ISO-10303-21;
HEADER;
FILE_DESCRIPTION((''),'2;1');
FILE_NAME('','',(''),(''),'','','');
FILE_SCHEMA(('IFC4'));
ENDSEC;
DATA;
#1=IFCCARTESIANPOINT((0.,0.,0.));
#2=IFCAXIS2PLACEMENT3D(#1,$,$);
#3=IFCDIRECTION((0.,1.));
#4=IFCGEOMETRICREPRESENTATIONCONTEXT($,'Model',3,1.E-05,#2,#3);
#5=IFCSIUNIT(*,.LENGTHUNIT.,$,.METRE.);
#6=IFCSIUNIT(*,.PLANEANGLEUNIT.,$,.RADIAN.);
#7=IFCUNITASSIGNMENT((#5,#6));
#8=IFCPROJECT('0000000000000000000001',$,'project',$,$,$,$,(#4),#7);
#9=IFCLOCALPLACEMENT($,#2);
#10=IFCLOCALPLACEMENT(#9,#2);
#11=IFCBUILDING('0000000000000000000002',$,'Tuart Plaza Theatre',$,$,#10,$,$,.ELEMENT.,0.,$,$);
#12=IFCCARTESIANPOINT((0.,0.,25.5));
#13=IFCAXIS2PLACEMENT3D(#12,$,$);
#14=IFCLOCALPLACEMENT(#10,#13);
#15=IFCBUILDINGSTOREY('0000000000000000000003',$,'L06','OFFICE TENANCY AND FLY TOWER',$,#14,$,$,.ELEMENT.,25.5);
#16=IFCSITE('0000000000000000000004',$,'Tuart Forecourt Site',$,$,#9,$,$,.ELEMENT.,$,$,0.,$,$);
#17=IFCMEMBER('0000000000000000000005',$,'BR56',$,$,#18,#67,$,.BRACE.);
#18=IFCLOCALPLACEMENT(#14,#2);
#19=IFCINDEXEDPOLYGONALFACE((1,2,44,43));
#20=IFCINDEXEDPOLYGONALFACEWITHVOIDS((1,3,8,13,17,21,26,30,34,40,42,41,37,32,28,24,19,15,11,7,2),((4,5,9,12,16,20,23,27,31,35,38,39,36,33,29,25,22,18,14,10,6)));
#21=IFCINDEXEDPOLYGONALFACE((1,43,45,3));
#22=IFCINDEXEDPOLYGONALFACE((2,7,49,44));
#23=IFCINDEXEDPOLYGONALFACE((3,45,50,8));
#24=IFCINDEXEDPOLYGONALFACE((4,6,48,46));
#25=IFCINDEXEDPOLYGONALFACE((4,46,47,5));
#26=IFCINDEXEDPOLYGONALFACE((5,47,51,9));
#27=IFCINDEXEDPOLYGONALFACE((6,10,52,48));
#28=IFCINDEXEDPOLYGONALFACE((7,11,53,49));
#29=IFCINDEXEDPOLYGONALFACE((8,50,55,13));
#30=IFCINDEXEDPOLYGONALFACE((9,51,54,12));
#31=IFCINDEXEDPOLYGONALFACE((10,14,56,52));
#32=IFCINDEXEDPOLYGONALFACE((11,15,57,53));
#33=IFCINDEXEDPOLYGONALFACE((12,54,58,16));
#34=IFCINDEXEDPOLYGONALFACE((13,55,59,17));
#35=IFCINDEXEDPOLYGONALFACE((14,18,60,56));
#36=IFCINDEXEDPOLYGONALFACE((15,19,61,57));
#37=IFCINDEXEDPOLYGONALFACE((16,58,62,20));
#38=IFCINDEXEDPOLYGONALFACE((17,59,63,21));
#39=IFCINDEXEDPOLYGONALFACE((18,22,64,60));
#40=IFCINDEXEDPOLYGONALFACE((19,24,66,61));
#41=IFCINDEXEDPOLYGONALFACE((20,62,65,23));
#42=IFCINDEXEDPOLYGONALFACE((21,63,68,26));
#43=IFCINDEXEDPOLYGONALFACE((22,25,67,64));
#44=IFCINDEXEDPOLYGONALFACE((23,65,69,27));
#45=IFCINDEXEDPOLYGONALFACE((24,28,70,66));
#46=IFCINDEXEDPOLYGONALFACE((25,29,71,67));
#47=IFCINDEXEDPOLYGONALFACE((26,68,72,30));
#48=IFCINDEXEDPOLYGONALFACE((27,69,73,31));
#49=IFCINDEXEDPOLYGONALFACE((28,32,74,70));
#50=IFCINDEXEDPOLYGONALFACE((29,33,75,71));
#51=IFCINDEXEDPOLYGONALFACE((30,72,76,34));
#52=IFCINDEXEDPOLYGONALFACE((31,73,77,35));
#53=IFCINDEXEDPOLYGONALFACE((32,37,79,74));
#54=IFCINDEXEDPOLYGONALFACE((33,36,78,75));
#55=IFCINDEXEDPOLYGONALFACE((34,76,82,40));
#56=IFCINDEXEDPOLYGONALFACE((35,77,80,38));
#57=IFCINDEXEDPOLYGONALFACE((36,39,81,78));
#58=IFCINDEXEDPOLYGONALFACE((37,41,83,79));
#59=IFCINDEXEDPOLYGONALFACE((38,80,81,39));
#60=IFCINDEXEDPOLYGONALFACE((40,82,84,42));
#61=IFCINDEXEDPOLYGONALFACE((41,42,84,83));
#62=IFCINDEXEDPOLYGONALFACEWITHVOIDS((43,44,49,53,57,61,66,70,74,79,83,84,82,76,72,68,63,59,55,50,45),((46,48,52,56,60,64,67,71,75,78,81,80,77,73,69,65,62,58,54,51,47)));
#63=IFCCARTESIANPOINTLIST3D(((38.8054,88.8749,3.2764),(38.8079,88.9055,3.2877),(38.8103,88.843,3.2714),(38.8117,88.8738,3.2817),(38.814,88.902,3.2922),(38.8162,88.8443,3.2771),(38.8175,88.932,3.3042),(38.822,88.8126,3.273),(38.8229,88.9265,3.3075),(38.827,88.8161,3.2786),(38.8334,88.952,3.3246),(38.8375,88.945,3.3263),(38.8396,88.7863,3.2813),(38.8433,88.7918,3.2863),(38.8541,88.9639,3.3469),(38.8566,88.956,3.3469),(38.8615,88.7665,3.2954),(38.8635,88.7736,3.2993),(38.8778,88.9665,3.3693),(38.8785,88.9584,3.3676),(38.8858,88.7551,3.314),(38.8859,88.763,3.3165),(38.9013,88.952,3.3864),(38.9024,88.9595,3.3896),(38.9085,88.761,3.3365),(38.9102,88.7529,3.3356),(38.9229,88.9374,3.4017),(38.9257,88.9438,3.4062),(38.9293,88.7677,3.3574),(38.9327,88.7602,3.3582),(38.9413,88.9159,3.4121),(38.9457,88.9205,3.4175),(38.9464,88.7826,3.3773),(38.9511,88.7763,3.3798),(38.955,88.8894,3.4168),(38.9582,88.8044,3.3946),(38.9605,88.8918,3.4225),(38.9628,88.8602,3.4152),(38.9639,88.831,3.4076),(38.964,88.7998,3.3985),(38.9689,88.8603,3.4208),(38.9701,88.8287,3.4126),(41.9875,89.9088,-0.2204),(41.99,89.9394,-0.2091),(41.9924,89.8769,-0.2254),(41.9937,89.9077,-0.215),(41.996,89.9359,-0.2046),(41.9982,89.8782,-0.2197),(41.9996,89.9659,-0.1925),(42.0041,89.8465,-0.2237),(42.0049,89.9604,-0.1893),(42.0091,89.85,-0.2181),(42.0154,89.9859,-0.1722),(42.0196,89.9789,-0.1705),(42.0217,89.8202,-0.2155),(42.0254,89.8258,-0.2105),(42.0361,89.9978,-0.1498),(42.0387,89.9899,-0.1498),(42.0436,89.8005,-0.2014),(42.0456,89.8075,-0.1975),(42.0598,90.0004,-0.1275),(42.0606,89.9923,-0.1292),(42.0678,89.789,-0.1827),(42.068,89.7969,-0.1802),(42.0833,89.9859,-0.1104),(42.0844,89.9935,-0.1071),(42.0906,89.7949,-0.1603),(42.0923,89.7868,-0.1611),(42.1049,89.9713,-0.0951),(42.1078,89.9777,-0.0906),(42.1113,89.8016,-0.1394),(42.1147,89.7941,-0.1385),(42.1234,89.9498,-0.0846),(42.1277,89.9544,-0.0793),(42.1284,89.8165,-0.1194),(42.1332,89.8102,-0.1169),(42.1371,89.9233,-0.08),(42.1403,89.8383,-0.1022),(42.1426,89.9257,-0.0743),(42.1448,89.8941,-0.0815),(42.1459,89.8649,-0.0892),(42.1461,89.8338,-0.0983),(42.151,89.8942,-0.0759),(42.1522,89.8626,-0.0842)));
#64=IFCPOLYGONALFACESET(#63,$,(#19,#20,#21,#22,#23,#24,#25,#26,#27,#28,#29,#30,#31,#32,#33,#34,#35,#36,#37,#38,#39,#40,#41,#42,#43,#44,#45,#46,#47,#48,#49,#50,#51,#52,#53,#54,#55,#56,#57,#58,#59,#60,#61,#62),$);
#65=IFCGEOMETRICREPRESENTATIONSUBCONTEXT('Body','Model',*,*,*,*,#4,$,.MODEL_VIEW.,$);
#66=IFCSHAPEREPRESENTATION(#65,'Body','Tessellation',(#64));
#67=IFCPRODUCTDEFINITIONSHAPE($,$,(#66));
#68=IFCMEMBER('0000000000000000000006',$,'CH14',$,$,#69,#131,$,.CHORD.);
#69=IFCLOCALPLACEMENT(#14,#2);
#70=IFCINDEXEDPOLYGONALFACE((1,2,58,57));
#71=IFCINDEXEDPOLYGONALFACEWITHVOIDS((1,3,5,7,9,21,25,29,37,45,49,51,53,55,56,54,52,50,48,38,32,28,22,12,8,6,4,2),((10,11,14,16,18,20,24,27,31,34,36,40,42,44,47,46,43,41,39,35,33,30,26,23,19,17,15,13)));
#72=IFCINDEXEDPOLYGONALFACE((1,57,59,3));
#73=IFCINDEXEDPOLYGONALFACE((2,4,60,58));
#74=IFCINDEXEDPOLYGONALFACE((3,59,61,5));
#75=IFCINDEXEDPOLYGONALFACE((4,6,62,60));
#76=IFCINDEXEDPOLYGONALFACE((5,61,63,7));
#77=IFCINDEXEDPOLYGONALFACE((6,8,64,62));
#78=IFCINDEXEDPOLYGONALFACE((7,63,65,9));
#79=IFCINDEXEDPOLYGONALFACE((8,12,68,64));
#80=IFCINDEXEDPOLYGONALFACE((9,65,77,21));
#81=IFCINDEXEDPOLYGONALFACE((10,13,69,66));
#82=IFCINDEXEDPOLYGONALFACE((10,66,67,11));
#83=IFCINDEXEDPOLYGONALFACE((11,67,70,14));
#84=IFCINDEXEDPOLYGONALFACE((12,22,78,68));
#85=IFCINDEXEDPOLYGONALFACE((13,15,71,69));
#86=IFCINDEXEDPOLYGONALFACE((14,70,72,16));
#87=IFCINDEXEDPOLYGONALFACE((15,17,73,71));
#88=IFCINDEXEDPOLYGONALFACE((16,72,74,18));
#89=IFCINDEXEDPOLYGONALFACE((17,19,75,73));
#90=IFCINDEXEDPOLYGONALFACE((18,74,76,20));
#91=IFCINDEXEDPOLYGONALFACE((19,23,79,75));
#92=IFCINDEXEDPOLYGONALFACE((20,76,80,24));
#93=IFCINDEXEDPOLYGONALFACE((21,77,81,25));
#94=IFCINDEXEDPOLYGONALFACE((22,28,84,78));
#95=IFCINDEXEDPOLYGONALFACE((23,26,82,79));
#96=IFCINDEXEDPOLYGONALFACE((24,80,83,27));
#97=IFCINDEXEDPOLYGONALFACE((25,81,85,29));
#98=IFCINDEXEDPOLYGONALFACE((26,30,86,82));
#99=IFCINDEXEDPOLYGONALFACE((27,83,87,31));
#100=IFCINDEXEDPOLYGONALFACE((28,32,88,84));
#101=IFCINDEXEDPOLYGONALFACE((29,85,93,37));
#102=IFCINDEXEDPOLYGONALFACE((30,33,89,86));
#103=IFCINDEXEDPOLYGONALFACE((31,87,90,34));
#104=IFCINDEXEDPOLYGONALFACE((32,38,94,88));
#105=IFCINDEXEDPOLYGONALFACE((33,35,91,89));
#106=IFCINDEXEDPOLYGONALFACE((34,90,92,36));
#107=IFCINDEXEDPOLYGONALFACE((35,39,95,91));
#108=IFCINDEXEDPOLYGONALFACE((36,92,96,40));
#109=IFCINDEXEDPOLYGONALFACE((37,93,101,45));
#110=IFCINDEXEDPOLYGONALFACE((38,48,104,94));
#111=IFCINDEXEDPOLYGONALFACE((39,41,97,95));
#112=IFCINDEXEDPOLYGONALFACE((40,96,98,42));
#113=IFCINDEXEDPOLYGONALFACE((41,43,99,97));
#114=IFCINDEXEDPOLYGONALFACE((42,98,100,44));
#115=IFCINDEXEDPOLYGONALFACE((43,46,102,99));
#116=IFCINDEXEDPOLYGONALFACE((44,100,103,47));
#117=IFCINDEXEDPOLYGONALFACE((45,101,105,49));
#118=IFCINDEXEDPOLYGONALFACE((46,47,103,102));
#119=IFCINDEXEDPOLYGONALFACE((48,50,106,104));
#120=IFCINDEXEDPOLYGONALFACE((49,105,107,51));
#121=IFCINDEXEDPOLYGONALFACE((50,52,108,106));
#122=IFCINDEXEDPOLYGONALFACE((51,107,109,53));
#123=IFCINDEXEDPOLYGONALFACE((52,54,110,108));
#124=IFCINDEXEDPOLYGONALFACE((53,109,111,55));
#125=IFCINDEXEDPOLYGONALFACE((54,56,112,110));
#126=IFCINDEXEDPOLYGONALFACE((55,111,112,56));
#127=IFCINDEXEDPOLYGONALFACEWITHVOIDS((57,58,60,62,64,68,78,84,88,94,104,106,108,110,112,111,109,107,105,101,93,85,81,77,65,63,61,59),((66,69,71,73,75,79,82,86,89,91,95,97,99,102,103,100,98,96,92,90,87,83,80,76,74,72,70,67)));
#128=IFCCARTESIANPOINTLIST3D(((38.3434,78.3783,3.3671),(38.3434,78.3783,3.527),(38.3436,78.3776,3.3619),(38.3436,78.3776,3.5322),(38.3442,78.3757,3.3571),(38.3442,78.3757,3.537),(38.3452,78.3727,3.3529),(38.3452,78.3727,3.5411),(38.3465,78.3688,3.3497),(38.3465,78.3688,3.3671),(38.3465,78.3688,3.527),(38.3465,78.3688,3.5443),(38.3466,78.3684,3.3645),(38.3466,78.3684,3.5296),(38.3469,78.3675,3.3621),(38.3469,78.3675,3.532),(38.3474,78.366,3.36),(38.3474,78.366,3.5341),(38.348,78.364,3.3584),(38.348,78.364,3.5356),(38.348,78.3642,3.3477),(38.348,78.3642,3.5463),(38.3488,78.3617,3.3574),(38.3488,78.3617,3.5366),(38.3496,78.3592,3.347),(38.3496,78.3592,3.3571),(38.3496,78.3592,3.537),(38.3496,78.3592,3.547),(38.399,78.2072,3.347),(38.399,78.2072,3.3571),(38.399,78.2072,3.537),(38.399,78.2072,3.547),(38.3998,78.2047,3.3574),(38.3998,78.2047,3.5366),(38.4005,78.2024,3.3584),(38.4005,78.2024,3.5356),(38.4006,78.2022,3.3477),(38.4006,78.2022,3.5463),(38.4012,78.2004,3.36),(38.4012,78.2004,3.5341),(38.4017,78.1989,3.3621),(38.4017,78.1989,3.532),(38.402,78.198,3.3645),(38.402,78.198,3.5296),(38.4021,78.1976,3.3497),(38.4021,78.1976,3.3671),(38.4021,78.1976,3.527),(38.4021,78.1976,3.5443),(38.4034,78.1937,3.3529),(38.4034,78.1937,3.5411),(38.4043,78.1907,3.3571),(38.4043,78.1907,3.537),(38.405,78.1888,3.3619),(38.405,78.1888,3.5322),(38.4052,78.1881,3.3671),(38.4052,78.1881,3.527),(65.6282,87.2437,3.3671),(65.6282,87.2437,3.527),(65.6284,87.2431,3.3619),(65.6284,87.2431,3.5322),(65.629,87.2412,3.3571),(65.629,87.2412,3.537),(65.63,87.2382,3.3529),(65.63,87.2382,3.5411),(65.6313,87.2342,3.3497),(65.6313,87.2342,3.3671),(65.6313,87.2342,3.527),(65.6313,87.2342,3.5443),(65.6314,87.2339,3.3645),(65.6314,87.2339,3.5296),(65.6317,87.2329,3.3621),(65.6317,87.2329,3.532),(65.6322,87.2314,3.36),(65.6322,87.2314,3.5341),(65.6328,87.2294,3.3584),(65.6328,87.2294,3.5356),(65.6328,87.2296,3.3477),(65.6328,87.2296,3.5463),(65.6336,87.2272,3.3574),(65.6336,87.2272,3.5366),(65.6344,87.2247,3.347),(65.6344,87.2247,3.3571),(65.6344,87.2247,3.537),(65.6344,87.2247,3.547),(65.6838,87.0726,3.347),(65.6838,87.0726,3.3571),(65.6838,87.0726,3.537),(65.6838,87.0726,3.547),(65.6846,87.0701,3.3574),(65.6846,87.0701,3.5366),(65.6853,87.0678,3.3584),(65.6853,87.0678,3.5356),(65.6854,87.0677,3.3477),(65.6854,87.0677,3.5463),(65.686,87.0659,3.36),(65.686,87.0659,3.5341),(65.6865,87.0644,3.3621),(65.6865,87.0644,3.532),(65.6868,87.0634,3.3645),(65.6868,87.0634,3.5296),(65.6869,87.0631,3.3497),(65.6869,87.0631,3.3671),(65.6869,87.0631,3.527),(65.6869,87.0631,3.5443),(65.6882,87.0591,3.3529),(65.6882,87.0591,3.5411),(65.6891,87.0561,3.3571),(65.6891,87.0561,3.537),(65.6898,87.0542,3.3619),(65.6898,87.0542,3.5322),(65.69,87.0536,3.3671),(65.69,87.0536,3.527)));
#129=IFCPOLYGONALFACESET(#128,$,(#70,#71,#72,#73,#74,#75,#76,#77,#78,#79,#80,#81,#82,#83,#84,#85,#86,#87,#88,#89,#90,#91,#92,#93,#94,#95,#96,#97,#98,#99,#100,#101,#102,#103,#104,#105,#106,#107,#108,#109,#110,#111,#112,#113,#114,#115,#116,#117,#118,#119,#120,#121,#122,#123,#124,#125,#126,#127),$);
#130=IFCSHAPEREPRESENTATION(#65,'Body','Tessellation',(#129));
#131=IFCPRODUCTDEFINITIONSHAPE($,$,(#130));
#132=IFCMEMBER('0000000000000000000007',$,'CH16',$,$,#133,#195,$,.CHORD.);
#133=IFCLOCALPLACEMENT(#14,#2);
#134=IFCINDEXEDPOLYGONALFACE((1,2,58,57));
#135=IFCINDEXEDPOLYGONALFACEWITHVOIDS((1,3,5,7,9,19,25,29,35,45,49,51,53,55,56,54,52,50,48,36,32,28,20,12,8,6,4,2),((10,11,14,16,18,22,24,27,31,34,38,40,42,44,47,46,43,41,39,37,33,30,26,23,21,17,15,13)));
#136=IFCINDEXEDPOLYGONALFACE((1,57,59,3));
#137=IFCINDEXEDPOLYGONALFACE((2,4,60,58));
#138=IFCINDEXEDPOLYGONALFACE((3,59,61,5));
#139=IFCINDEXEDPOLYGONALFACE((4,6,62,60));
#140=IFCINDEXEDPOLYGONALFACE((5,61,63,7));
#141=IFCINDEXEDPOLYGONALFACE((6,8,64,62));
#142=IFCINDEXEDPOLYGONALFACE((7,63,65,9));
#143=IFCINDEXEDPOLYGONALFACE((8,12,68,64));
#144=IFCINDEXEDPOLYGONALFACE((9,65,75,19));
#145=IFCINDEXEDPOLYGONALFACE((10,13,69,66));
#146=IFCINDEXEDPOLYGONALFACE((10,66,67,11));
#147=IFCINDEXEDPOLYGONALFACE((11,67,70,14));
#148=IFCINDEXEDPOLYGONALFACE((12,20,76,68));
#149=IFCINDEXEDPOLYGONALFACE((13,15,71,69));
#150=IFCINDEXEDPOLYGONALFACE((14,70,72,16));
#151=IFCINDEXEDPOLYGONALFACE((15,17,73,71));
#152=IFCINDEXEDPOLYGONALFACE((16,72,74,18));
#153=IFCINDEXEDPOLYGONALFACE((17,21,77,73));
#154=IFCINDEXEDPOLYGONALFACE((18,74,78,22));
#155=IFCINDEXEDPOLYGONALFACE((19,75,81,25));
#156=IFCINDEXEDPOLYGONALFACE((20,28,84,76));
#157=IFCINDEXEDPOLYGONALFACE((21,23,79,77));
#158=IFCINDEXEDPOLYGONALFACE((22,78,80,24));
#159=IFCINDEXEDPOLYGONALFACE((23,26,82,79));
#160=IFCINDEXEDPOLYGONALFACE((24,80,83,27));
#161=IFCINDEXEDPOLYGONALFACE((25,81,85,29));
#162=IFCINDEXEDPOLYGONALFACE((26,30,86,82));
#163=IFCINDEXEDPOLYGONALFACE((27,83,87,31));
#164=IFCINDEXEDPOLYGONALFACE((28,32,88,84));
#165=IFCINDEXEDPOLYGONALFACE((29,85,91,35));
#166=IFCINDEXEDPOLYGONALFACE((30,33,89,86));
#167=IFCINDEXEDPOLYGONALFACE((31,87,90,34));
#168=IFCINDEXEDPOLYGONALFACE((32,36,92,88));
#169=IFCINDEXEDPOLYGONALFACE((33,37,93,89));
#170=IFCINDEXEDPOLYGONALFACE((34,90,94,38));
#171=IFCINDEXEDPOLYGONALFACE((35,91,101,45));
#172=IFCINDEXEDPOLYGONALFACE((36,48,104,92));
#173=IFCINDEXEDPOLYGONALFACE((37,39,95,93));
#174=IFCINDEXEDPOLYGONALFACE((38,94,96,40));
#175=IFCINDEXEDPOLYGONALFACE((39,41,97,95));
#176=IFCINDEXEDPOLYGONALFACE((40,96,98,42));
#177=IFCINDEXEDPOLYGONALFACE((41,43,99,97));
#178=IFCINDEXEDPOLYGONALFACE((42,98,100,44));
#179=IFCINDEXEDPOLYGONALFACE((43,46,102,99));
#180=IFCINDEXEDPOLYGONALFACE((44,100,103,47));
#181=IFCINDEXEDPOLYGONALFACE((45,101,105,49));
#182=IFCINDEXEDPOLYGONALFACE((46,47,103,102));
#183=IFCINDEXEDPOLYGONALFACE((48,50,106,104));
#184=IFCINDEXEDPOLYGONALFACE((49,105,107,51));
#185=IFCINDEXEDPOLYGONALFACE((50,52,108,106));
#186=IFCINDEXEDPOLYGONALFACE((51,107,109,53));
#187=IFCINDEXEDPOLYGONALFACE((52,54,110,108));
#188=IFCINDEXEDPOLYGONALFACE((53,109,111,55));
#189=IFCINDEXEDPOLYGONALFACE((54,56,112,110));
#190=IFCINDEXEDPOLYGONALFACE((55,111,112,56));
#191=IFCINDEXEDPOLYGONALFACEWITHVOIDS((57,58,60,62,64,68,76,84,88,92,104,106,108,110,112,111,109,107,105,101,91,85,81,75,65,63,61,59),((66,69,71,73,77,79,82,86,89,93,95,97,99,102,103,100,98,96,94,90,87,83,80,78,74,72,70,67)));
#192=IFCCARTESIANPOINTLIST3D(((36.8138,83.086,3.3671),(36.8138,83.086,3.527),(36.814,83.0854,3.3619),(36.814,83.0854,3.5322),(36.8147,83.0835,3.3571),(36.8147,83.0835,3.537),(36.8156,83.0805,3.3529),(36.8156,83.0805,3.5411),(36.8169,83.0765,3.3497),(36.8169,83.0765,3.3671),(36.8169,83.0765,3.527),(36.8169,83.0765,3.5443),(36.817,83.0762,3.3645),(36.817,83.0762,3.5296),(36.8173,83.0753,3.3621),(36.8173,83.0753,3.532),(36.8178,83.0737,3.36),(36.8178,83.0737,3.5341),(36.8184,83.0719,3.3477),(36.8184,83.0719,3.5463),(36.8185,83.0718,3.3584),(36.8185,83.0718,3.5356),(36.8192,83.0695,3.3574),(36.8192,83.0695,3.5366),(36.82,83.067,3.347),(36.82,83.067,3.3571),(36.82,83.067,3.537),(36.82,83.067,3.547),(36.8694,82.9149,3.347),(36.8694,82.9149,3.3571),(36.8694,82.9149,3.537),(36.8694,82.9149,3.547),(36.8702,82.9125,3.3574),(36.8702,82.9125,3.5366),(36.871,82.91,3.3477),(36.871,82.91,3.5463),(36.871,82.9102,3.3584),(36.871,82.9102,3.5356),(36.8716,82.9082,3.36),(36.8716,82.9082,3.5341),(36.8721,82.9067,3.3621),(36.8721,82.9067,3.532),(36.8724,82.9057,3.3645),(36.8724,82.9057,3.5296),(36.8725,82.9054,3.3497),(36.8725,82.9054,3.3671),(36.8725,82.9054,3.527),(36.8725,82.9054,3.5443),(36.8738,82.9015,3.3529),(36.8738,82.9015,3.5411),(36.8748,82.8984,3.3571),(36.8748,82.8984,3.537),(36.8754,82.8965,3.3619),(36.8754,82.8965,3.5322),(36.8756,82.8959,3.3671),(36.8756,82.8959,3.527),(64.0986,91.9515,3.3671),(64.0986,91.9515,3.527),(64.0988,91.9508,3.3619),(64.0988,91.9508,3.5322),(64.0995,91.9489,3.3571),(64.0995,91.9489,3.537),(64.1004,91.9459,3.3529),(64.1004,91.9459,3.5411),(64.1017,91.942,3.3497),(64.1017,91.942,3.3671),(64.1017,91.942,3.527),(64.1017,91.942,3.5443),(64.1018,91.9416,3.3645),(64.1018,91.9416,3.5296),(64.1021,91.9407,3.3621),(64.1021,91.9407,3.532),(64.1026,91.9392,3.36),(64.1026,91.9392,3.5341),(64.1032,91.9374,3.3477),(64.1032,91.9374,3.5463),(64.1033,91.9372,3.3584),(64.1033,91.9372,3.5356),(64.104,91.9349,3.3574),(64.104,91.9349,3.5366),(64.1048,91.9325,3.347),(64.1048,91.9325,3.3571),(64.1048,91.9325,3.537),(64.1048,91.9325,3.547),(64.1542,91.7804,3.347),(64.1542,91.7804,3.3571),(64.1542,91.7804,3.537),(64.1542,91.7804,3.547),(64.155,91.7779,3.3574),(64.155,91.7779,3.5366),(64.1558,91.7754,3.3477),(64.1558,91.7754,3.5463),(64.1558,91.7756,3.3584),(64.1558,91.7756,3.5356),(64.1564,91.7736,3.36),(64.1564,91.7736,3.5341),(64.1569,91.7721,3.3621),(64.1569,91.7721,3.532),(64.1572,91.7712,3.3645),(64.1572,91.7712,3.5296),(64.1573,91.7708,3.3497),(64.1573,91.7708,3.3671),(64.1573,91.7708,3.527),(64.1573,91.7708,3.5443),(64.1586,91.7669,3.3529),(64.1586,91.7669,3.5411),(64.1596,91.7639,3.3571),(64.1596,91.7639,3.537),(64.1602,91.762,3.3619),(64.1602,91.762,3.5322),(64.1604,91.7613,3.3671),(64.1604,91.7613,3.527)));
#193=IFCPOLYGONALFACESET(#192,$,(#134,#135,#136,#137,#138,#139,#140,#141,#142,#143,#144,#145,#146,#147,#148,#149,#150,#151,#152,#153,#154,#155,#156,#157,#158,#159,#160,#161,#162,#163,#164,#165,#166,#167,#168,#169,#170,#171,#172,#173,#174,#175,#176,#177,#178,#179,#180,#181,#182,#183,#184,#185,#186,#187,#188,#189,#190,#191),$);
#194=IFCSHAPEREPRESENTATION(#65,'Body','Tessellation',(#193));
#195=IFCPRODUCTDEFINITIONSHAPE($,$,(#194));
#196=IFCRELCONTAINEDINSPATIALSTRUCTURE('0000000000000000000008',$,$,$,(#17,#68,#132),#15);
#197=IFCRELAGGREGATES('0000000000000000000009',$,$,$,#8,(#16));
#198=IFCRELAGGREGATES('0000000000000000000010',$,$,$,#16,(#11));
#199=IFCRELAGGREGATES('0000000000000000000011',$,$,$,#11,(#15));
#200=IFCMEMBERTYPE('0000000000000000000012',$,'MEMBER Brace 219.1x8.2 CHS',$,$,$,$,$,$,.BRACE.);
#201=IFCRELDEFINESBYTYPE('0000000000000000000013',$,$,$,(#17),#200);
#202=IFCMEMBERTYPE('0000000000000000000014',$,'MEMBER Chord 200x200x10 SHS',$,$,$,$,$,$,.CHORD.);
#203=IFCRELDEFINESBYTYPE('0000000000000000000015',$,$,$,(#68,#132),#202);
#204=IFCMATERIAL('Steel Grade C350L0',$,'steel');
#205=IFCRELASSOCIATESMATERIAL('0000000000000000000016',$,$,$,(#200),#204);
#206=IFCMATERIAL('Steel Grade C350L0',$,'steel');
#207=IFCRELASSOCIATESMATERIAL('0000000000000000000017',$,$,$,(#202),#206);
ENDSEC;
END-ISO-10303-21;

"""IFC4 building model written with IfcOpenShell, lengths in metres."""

from ifc_helpers import new_model, si_unit, direction, frame, origin, origin_2d, place, context, subcontext, project, spatial, hollow_rectangle, hollow_circle, extrude, material, material_profile, profile_set, type_object, element, save


model = new_model("IFC4")

# Units and contexts
model_context = context("Model", 3, precision=1e-05, world=origin(), true_north=direction((0.0, 1.0)))
body_context = subcontext(model_context, "Body", "Model", "MODEL_VIEW")
ifc_project = project(units=[si_unit("LENGTHUNIT", "METRE"), si_unit("PLANEANGLEUNIT", "RADIAN")], contexts=[model_context])

# Site, building, storey
site_placement = place(None, origin())
site = spatial("IfcSite", under=ifc_project, at=site_placement, Name="Tuart Forecourt Site", CompositionType="ELEMENT", RefElevation=0.0)
building_placement = place(site_placement, origin())
building = spatial("IfcBuilding", under=site, at=building_placement, Name="Tuart Plaza Theatre", CompositionType="ELEMENT", ElevationOfRefHeight=0.0)
storey_placement = place(building_placement, frame((0.0, 0.0, 25.5)))
storey = spatial("IfcBuildingStorey", under=building, at=storey_placement, Name="L06", Description="OFFICE TENANCY AND FLY TOWER", CompositionType="ELEMENT", Elevation=25.5)

# Members
ifc_material_1 = material(Name="Steel Grade C350L0", Category="steel")
ifc_material_profile_1 = material_profile(ifc_material_1, hollow_circle(Radius=0.1096, WallThickness=0.0083, at=origin_2d()), Name="219.1x8.2 CHS")
ifc_profile_set_1 = profile_set([ifc_material_profile_1], Name="Steel Grade C350L0")
member_type_1 = type_object("IfcMemberType", Name="MEMBER Brace 219.1x8.2 CHS", PredefinedType="BRACE", material=ifc_profile_set_1)
member_1_placement = place(storey_placement, frame((38.8879, 88.8596, 3.3469), z_axis=(0.657505, 0.213636, -0.722529), x_axis=(-0.309017, 0.951057, 0.0)))
element("IfcMember", 1, at=member_1_placement, inside=storey, type_object=member_type_1, Name="BR56", PredefinedType="BRACE", context=body_context, shape_type="SweptSolid", body=[
    extrude(hollow_circle(Radius=0.1096, WallThickness=0.0083, at=origin_2d()), origin(), (0.0, 0.0, 1.0), 4.8396),
])
ifc_material_2 = material(Name="Steel Grade C350L0", Category="steel")
ifc_material_profile_2 = material_profile(ifc_material_2, hollow_rectangle(XDim=0.2, YDim=0.2, WallThickness=0.01, InnerFilletRadius=0.01, OuterFilletRadius=0.02, at=origin_2d()), Name="200x200x10 SHS")
ifc_profile_set_2 = profile_set([ifc_material_profile_2], Name="Steel Grade C350L0")
member_type_2 = type_object("IfcMemberType", Name="MEMBER Chord 200x200x10 SHS", PredefinedType="CHORD", material=ifc_profile_set_2)
for number, where, z_axis, x_axis, name in (
    (2, (38.3743, 78.2832, 3.447), (0.951056, 0.309019, 0.0), (-0.309019, 0.951056, 0.0), "CH14"),
    (3, (36.8447, 82.991, 3.447), (0.951056, 0.309019, 0.0), (-0.309019, 0.951056, 0.0), "CH16"),
):
    element("IfcMember", number, at=place(storey_placement, frame(where, z_axis=z_axis, x_axis=x_axis)), inside=storey, type_object=member_type_2, Name=name, PredefinedType="CHORD", context=body_context, shape_type="SweptSolid", body=[
        extrude(hollow_rectangle(XDim=0.2, YDim=0.2, WallThickness=0.01, InnerFilletRadius=0.01, OuterFilletRadius=0.02, at=origin_2d()), origin(), (0.0, 0.0, 1.0), 28.689),
    ])

save(model, "model.ifc")
